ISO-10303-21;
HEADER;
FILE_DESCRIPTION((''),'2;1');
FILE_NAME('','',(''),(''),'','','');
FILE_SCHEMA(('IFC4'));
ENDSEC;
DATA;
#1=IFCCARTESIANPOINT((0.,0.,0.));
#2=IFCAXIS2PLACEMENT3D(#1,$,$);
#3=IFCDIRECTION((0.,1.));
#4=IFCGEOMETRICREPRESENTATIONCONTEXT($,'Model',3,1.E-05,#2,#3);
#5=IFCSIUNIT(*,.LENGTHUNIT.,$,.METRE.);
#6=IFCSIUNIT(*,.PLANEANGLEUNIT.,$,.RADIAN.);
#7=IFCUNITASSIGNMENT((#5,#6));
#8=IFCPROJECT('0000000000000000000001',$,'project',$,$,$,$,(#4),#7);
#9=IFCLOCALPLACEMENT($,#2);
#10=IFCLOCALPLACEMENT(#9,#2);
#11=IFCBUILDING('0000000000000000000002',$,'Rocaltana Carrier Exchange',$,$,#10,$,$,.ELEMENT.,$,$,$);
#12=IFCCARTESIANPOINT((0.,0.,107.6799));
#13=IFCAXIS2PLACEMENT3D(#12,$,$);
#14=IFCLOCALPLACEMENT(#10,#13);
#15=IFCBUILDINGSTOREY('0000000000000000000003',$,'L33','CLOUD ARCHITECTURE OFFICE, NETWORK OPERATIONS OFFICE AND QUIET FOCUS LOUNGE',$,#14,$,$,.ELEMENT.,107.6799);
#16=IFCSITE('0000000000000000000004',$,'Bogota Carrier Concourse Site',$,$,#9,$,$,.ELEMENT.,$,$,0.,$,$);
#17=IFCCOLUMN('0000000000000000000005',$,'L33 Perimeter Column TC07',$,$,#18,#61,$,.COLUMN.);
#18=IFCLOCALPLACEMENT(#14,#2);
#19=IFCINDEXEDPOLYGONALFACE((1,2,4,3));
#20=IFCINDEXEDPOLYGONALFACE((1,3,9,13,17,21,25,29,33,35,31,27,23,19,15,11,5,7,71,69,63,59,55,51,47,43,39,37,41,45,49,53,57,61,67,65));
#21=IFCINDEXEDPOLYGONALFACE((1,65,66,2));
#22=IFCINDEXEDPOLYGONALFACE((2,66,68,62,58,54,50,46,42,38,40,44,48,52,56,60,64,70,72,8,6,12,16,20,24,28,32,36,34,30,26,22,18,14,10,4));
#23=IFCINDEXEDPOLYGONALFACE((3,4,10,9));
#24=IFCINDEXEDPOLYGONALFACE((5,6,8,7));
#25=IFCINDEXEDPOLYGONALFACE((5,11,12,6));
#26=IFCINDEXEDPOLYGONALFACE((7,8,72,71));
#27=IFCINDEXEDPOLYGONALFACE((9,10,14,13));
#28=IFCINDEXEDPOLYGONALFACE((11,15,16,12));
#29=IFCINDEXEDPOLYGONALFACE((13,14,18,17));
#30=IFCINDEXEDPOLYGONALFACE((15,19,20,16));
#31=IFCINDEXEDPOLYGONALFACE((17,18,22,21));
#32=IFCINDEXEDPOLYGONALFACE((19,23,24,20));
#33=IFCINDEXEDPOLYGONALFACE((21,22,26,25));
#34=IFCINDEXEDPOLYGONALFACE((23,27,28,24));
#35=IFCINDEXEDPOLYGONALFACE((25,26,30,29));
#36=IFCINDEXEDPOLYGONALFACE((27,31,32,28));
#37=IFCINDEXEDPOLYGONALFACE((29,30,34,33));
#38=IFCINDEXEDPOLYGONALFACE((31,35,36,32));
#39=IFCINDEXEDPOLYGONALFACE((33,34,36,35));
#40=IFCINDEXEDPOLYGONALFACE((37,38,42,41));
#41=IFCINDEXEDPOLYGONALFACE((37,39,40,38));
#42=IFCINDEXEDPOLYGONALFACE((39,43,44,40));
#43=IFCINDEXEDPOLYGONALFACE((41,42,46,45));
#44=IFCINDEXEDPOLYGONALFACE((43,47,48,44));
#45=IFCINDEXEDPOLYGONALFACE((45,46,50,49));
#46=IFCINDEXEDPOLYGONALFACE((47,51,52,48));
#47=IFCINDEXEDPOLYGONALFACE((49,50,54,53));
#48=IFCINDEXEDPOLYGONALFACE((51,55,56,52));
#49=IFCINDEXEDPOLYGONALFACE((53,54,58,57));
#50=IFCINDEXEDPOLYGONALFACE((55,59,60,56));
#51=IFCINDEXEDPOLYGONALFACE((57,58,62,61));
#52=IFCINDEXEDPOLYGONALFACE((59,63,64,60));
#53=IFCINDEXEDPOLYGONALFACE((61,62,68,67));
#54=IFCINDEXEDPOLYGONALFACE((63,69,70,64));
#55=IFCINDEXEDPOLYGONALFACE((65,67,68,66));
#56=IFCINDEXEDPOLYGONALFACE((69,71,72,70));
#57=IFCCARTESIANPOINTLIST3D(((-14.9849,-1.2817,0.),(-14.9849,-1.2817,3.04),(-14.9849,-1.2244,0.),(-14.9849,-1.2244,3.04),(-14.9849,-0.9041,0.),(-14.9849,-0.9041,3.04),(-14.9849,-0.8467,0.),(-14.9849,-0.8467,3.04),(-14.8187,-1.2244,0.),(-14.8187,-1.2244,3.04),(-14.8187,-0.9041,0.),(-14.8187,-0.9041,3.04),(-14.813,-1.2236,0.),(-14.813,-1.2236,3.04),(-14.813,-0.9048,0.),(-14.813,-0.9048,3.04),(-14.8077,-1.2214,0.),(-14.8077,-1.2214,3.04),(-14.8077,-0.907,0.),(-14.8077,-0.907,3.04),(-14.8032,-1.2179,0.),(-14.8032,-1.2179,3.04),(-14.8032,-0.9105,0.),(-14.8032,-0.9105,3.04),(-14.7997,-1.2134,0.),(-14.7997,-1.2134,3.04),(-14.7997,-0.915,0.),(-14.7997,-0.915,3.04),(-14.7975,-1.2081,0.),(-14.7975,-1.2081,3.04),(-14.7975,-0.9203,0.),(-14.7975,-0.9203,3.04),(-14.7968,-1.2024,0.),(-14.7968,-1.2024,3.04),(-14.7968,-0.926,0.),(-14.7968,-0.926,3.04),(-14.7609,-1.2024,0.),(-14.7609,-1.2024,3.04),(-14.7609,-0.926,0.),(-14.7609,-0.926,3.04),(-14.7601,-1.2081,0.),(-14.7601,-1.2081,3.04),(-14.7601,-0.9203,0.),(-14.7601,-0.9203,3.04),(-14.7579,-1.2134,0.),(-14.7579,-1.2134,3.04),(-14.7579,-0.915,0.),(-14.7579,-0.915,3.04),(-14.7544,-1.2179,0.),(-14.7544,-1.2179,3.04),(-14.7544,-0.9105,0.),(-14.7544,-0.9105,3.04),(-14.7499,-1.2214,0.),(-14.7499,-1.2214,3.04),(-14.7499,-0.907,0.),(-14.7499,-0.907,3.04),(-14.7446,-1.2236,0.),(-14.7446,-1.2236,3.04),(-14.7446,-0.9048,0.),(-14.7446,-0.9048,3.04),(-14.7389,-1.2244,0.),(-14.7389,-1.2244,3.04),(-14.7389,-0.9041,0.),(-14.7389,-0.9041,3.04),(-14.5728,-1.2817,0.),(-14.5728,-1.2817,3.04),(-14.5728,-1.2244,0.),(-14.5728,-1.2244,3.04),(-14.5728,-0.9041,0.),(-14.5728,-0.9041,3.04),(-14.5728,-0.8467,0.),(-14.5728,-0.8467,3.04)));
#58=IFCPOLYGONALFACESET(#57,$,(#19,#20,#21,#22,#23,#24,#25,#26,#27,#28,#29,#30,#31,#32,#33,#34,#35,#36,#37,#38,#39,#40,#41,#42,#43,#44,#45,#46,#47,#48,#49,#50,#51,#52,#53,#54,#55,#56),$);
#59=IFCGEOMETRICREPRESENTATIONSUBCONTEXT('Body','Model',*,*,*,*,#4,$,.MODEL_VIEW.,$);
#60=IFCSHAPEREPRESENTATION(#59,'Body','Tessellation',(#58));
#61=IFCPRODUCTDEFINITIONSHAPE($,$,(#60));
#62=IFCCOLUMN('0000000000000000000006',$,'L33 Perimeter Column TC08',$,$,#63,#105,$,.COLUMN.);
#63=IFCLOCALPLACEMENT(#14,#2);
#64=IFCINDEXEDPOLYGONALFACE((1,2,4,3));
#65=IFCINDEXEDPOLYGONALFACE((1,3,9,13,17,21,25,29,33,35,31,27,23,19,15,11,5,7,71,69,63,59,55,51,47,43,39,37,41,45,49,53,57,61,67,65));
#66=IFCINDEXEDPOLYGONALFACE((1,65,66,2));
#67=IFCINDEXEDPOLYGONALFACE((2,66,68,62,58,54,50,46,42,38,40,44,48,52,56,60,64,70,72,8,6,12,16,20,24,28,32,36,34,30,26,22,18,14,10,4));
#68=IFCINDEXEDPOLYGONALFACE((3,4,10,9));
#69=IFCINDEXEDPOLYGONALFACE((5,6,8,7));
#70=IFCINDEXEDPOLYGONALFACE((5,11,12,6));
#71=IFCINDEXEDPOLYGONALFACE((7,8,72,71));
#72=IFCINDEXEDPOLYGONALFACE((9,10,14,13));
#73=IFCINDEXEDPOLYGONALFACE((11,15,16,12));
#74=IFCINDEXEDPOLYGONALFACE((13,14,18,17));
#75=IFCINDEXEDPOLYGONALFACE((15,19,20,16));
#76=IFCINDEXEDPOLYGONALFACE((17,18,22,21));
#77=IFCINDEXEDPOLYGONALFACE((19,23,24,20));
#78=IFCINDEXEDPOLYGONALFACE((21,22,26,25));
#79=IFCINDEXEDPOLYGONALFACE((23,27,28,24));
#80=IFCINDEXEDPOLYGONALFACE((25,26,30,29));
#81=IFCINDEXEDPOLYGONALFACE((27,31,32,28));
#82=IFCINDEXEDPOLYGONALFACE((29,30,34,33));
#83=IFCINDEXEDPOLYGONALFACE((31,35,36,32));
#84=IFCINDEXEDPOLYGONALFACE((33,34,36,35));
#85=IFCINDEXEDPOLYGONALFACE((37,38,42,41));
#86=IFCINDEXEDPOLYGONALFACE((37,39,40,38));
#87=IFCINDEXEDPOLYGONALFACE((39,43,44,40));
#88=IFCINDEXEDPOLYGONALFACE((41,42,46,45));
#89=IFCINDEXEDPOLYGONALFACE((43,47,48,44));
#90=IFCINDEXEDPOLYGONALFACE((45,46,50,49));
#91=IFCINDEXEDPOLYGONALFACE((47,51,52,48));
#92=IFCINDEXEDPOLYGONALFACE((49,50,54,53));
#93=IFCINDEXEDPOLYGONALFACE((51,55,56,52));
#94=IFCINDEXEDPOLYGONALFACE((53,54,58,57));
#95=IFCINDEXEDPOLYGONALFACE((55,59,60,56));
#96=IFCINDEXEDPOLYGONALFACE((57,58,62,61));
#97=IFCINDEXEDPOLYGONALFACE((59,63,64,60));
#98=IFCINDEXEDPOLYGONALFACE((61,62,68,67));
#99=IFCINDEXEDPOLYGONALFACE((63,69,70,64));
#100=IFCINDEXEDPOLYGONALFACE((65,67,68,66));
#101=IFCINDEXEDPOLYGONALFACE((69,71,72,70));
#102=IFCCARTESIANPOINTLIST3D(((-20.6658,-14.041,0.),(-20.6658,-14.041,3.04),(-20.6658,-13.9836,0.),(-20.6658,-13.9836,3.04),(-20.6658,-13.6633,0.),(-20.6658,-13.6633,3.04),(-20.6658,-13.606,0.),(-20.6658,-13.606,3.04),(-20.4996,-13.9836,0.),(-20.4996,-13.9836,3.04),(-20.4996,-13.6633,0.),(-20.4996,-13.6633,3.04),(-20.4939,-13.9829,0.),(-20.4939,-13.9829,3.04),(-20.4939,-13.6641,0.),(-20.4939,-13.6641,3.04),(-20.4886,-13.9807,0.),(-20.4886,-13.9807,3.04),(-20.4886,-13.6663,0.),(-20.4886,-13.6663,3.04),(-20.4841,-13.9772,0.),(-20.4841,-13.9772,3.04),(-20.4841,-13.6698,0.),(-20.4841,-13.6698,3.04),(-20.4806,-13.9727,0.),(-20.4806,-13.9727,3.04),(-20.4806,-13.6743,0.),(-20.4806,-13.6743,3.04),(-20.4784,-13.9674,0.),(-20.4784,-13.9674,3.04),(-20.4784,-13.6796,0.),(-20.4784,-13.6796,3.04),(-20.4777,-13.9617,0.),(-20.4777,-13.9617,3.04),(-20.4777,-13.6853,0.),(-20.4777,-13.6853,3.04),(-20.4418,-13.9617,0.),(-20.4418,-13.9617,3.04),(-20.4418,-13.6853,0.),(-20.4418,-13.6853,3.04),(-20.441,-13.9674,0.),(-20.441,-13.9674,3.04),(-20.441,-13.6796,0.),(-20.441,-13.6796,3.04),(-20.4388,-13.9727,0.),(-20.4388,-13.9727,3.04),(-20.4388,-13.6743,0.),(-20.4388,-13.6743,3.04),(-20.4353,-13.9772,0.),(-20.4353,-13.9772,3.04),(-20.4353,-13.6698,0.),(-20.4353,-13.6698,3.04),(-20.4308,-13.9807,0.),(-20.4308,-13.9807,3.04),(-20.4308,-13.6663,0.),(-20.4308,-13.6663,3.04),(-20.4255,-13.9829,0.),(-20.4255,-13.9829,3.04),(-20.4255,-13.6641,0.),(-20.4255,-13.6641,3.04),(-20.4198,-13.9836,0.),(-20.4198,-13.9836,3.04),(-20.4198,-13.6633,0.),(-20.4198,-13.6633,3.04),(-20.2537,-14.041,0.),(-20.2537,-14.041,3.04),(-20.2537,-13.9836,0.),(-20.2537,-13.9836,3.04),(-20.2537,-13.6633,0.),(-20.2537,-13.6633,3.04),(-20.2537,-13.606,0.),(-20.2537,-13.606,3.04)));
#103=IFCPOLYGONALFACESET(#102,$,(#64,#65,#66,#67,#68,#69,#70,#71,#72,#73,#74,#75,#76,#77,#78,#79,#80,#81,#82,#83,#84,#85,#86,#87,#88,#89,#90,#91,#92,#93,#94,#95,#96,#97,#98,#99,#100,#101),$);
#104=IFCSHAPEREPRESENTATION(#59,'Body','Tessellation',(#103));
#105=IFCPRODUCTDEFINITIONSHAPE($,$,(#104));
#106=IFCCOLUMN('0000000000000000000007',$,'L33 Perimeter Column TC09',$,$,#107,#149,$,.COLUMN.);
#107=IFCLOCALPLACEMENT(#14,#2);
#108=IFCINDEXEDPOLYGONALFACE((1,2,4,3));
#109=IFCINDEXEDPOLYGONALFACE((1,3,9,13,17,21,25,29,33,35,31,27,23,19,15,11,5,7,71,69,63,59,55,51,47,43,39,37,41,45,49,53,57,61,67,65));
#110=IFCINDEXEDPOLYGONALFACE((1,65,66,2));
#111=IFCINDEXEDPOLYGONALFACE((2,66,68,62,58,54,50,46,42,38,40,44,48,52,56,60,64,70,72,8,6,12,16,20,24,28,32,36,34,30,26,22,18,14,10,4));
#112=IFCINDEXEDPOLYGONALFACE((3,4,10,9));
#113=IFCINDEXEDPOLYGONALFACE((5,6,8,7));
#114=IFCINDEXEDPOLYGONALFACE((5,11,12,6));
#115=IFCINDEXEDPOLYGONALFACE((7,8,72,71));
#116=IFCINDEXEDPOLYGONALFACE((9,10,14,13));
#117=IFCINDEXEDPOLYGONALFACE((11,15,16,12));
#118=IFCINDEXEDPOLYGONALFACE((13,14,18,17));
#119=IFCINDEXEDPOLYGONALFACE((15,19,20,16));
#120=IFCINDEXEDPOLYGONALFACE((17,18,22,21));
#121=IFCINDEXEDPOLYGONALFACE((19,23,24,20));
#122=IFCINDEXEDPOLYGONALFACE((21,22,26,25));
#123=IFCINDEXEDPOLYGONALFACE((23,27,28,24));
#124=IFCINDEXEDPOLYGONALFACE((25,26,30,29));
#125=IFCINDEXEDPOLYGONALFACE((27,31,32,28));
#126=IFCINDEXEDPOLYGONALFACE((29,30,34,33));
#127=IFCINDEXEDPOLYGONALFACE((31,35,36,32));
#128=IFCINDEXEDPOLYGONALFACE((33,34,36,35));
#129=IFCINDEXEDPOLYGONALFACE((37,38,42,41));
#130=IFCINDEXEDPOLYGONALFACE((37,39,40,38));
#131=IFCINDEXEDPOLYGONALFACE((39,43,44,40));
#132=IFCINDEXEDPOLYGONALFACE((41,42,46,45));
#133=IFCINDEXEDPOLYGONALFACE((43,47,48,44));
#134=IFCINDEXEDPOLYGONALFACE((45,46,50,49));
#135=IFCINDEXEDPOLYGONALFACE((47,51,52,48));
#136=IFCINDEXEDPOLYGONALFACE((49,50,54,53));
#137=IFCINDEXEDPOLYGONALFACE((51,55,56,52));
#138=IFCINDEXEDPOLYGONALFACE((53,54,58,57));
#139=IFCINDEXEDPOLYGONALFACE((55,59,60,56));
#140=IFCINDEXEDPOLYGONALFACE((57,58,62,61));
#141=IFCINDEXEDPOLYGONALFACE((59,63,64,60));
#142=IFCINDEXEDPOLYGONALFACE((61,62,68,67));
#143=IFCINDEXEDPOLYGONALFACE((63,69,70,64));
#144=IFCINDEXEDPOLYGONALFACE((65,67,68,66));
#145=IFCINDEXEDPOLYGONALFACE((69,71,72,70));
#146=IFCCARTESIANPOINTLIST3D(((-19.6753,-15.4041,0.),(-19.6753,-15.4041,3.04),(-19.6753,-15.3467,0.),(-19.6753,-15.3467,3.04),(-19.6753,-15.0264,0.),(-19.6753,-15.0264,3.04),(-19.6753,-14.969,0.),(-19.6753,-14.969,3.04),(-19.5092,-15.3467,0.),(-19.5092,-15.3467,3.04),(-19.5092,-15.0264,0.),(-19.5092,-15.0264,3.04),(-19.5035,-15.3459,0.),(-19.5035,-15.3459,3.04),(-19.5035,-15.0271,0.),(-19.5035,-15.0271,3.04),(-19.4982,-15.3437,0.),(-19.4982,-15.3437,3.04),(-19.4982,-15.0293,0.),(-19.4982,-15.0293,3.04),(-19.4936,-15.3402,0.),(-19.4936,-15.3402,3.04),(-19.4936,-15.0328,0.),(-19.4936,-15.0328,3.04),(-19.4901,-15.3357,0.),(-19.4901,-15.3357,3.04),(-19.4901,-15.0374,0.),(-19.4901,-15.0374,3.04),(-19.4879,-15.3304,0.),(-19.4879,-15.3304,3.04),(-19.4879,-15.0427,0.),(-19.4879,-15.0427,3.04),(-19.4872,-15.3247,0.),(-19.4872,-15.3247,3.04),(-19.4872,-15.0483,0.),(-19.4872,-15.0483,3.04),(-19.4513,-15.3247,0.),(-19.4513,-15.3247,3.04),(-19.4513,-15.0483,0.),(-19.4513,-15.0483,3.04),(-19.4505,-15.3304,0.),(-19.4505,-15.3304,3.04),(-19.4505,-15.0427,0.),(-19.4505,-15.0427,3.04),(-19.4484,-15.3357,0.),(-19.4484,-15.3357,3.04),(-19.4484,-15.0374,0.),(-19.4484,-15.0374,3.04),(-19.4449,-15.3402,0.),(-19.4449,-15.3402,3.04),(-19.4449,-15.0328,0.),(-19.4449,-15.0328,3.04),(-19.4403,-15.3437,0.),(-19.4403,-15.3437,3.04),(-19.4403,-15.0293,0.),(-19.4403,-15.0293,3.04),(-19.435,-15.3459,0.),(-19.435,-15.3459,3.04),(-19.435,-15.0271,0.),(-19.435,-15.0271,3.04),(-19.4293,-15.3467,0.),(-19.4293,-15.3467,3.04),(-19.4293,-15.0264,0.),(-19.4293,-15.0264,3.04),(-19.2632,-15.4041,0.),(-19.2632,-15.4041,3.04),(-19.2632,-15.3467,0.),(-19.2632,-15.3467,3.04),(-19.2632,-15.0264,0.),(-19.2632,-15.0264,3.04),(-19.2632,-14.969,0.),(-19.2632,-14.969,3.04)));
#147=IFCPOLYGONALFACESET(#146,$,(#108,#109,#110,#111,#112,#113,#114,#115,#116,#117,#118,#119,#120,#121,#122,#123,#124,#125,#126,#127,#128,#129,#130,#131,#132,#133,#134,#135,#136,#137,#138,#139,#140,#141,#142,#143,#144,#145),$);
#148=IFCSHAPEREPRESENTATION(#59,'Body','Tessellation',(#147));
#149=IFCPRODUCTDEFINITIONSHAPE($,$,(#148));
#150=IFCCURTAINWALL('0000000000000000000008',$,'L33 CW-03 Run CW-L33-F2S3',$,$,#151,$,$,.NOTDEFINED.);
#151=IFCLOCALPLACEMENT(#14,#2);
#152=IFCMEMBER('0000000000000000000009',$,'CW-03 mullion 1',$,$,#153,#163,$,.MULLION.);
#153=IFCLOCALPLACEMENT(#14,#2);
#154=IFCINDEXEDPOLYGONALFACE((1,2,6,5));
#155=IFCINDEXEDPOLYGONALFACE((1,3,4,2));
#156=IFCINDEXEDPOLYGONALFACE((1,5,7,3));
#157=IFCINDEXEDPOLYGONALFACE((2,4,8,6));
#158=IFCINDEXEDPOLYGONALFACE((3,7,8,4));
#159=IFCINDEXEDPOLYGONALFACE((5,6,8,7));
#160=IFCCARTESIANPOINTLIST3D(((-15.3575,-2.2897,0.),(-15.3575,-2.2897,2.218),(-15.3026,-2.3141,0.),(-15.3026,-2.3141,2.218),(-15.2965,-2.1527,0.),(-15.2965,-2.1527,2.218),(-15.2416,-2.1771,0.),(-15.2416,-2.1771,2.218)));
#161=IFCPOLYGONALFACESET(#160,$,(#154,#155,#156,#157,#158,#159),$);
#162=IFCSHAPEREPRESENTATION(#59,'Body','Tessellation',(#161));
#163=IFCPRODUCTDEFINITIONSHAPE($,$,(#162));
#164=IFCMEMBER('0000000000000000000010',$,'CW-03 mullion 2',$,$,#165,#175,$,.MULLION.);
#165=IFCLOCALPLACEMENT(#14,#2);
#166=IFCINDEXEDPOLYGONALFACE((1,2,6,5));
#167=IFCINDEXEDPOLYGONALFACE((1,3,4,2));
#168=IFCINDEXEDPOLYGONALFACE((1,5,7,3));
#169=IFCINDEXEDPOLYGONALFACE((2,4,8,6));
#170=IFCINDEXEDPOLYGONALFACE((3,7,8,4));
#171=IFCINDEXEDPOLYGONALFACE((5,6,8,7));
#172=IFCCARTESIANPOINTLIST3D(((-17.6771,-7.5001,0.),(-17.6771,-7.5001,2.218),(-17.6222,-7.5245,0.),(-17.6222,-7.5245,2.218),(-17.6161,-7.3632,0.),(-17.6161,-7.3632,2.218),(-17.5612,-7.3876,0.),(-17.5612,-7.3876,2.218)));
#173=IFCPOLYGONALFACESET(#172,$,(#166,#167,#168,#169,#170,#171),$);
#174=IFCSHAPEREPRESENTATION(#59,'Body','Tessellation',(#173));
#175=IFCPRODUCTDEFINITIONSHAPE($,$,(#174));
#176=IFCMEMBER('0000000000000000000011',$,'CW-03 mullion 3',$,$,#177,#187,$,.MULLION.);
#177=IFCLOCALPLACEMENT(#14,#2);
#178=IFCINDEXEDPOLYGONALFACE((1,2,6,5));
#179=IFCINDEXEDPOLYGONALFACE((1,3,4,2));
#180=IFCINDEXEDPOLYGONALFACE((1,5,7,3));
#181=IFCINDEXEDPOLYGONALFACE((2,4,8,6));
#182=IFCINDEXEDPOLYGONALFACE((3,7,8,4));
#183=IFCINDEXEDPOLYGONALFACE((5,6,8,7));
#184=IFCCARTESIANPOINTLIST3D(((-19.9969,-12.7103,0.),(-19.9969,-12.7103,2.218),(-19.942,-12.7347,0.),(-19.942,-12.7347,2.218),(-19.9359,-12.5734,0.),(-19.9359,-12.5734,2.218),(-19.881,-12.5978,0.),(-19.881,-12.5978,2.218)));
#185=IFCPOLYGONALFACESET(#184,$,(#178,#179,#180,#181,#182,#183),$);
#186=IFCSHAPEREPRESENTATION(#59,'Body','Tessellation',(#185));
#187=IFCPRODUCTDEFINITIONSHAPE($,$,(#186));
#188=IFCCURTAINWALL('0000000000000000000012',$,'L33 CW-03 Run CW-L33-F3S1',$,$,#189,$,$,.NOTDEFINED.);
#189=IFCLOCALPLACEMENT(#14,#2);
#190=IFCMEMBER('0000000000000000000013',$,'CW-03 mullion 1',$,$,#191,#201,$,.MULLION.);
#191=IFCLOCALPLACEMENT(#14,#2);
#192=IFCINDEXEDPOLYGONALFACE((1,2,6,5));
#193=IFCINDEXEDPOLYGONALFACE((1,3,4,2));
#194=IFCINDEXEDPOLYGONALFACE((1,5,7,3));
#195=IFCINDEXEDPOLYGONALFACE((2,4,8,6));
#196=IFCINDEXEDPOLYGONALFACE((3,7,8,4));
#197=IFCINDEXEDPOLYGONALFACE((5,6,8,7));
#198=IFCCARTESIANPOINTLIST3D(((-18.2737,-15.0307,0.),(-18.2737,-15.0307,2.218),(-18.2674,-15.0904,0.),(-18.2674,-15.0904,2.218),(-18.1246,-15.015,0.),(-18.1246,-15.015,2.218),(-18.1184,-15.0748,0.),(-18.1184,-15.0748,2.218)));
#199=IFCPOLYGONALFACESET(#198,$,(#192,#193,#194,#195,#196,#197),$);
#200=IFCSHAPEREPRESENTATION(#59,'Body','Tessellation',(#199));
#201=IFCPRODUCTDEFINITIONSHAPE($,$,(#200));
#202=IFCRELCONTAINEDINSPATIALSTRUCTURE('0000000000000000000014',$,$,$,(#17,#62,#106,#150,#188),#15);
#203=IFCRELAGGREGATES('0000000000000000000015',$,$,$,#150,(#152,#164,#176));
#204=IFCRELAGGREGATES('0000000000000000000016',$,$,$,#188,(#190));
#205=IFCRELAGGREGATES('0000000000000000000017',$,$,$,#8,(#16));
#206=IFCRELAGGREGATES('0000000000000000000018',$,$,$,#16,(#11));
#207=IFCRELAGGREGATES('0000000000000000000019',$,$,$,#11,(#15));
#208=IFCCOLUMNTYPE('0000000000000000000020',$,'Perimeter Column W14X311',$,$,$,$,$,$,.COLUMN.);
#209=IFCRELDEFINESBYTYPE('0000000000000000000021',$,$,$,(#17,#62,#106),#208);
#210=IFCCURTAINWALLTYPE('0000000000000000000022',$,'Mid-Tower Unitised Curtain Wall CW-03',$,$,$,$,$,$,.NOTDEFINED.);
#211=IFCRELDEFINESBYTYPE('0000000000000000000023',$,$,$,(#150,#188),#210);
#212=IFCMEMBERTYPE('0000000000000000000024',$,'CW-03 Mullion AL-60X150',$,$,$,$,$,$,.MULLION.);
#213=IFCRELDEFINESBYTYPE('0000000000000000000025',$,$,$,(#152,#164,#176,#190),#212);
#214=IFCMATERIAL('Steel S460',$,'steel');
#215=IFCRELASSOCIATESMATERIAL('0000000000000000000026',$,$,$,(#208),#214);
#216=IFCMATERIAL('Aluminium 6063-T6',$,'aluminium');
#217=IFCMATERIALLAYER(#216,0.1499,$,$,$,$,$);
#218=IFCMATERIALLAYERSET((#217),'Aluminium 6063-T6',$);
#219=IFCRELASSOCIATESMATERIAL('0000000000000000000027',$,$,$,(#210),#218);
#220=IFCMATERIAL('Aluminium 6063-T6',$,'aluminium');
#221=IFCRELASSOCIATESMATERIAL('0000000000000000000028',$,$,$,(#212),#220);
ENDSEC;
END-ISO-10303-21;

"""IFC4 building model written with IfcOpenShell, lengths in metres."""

from ifc_helpers import new_model, si_unit, direction, frame, origin, origin_2d, place, context, subcontext, project, spatial, rectangle, i_section, extrude, material, layer, layer_set, material_profile, profile_set, type_object, element, aggregate, save


model = new_model("IFC4")

# Units and contexts
model_context = context("Model", 3, precision=1e-05, world=origin(), true_north=direction((0.0, 1.0)))
body_context = subcontext(model_context, "Body", "Model", "MODEL_VIEW")
ifc_project = project(units=[si_unit("LENGTHUNIT", "METRE"), si_unit("PLANEANGLEUNIT", "RADIAN")], contexts=[model_context])

# Site, building, storey
site_placement = place(None, origin())
site = spatial("IfcSite", under=ifc_project, at=site_placement, Name="Bogota Carrier Concourse Site", CompositionType="ELEMENT", RefElevation=0.0)
building_placement = place(site_placement, origin())
building = spatial("IfcBuilding", under=site, at=building_placement, Name="Rocaltana Carrier Exchange", CompositionType="ELEMENT")
storey_placement = place(building_placement, frame((0.0, 0.0, 107.6799)))
storey = spatial("IfcBuildingStorey", under=building, at=storey_placement, Name="L33", Description="CLOUD ARCHITECTURE OFFICE, NETWORK OPERATIONS OFFICE AND QUIET FOCUS LOUNGE", CompositionType="ELEMENT", Elevation=107.6799)

# Columns
ifc_material_1 = material(Name="Steel S460", Category="steel")
ifc_material_profile_1 = material_profile(ifc_material_1, i_section(OverallWidth=0.4121, OverallDepth=0.4351, WebThickness=0.0359, FlangeThickness=0.0574, FilletRadius=0.022, at=origin_2d()), Name="W14X311")
ifc_profile_set_1 = profile_set([ifc_material_profile_1], Name="Steel S460")
column_type = type_object("IfcColumnType", Name="Perimeter Column W14X311", PredefinedType="COLUMN", material=ifc_profile_set_1)
for number, where, z_axis, x_axis, name in (
    (1, (-14.7788, -1.0642, 0.0), (0.0, 0.0, 1.0), (1.0, 0.0, 0.0), "L33 Perimeter Column TC07"),
    (2, (-20.4597, -13.8235, 0.0), (0.0, 0.0, 1.0), (1.0, 0.0, 0.0), "L33 Perimeter Column TC08"),
    (3, (-19.4692, -15.1865, 0.0), (0.0, 0.0, 1.0), (1.0, 0.0, 0.0), "L33 Perimeter Column TC09"),
):
    element("IfcColumn", number, at=place(storey_placement, frame(where, z_axis=z_axis, x_axis=x_axis)), inside=storey, type_object=column_type, Name=name, PredefinedType="COLUMN", context=body_context, shape_type="SweptSolid", body=[
        extrude(i_section(OverallWidth=0.4121, OverallDepth=0.4351, WebThickness=0.0359, FlangeThickness=0.0574, FilletRadius=0.022, at=origin_2d()), origin(), (0.0, 0.0, 1.0), 3.04),
    ])

# Curtain walls, members
ifc_material_2 = material(Name="Aluminium 6063-T6", Category="aluminium")
ifc_layer_1 = layer(ifc_material_2, 0.1499)
ifc_layer_set_1 = layer_set([ifc_layer_1], Name="Aluminium 6063-T6")
curtain_wall_type = type_object("IfcCurtainWallType", Name="Mid-Tower Unitised Curtain Wall CW-03", PredefinedType="NOTDEFINED", material=ifc_layer_set_1)
curtain_wall_1_placement = place(storey_placement, origin())
curtain_wall_1 = element("IfcCurtainWall", 4, at=curtain_wall_1_placement, inside=storey, type_object=curtain_wall_type, Name="L33 CW-03 Run CW-L33-F2S3", PredefinedType="NOTDEFINED")
ifc_material_3 = material(Name="Aluminium 6063-T6", Category="aluminium")
ifc_material_profile_2 = material_profile(ifc_material_3, rectangle(XDim=0.0601, YDim=0.1499, at=origin_2d()), Name="AL-60X150")
ifc_profile_set_2 = profile_set([ifc_material_profile_2], Name="Aluminium 6063-T6")
member_type_1 = type_object("IfcMemberType", Name="CW-03 Mullion AL-60X150", PredefinedType="MULLION", material=ifc_profile_set_2)
member_1_placement = place(storey_placement, frame((-15.2996, -2.2334, 0.0), z_axis=(0.0, 0.0, 1.0), x_axis=(0.913547, -0.406733, 0.0)))
member_1 = element("IfcMember", 5, at=member_1_placement, type_object=member_type_1, Name="CW-03 mullion 1", PredefinedType="MULLION", context=body_context, shape_type="SweptSolid", body=[
    extrude(rectangle(XDim=0.0601, YDim=0.1499, at=origin_2d()), origin(), (0.0, 0.0, 1.0), 2.218),
])
member_2_placement = place(storey_placement, frame((-17.6191, -7.4438, 0.0), z_axis=(0.0, 0.0, 1.0), x_axis=(0.913547, -0.406733, 0.0)))
member_2 = element("IfcMember", 6, at=member_2_placement, type_object=member_type_1, Name="CW-03 mullion 2", PredefinedType="MULLION", context=body_context, shape_type="SweptSolid", body=[
    extrude(rectangle(XDim=0.0601, YDim=0.1499, at=origin_2d()), origin(), (0.0, 0.0, 1.0), 2.218),
])
member_3_placement = place(storey_placement, frame((-19.939, -12.6541, 0.0), z_axis=(0.0, 0.0, 1.0), x_axis=(0.913547, -0.406733, 0.0)))
member_3 = element("IfcMember", 7, at=member_3_placement, type_object=member_type_1, Name="CW-03 mullion 3", PredefinedType="MULLION", context=body_context, shape_type="SweptSolid", body=[
    extrude(rectangle(XDim=0.0601, YDim=0.1499, at=origin_2d()), origin(), (0.0, 0.0, 1.0), 2.218),
])
curtain_wall_2_placement = place(storey_placement, origin())
curtain_wall_2 = element("IfcCurtainWall", 8, at=curtain_wall_2_placement, inside=storey, type_object=curtain_wall_type, Name="L33 CW-03 Run CW-L33-F3S1", PredefinedType="NOTDEFINED")
member_4_placement = place(storey_placement, frame((-18.196, -15.0527, 0.0), z_axis=(0.0, 0.0, 1.0), x_axis=(-0.104522, 0.994523, 0.0)))
member_4 = element("IfcMember", 9, at=member_4_placement, type_object=member_type_1, Name="CW-03 mullion 1", PredefinedType="MULLION", context=body_context, shape_type="SweptSolid", body=[
    extrude(rectangle(XDim=0.0601, YDim=0.1499, at=origin_2d()), origin(), (0.0, 0.0, 1.0), 2.218),
])

aggregate(curtain_wall_1, [member_1, member_2, member_3])
aggregate(curtain_wall_2, [member_4])

save(model, "model.ifc")
